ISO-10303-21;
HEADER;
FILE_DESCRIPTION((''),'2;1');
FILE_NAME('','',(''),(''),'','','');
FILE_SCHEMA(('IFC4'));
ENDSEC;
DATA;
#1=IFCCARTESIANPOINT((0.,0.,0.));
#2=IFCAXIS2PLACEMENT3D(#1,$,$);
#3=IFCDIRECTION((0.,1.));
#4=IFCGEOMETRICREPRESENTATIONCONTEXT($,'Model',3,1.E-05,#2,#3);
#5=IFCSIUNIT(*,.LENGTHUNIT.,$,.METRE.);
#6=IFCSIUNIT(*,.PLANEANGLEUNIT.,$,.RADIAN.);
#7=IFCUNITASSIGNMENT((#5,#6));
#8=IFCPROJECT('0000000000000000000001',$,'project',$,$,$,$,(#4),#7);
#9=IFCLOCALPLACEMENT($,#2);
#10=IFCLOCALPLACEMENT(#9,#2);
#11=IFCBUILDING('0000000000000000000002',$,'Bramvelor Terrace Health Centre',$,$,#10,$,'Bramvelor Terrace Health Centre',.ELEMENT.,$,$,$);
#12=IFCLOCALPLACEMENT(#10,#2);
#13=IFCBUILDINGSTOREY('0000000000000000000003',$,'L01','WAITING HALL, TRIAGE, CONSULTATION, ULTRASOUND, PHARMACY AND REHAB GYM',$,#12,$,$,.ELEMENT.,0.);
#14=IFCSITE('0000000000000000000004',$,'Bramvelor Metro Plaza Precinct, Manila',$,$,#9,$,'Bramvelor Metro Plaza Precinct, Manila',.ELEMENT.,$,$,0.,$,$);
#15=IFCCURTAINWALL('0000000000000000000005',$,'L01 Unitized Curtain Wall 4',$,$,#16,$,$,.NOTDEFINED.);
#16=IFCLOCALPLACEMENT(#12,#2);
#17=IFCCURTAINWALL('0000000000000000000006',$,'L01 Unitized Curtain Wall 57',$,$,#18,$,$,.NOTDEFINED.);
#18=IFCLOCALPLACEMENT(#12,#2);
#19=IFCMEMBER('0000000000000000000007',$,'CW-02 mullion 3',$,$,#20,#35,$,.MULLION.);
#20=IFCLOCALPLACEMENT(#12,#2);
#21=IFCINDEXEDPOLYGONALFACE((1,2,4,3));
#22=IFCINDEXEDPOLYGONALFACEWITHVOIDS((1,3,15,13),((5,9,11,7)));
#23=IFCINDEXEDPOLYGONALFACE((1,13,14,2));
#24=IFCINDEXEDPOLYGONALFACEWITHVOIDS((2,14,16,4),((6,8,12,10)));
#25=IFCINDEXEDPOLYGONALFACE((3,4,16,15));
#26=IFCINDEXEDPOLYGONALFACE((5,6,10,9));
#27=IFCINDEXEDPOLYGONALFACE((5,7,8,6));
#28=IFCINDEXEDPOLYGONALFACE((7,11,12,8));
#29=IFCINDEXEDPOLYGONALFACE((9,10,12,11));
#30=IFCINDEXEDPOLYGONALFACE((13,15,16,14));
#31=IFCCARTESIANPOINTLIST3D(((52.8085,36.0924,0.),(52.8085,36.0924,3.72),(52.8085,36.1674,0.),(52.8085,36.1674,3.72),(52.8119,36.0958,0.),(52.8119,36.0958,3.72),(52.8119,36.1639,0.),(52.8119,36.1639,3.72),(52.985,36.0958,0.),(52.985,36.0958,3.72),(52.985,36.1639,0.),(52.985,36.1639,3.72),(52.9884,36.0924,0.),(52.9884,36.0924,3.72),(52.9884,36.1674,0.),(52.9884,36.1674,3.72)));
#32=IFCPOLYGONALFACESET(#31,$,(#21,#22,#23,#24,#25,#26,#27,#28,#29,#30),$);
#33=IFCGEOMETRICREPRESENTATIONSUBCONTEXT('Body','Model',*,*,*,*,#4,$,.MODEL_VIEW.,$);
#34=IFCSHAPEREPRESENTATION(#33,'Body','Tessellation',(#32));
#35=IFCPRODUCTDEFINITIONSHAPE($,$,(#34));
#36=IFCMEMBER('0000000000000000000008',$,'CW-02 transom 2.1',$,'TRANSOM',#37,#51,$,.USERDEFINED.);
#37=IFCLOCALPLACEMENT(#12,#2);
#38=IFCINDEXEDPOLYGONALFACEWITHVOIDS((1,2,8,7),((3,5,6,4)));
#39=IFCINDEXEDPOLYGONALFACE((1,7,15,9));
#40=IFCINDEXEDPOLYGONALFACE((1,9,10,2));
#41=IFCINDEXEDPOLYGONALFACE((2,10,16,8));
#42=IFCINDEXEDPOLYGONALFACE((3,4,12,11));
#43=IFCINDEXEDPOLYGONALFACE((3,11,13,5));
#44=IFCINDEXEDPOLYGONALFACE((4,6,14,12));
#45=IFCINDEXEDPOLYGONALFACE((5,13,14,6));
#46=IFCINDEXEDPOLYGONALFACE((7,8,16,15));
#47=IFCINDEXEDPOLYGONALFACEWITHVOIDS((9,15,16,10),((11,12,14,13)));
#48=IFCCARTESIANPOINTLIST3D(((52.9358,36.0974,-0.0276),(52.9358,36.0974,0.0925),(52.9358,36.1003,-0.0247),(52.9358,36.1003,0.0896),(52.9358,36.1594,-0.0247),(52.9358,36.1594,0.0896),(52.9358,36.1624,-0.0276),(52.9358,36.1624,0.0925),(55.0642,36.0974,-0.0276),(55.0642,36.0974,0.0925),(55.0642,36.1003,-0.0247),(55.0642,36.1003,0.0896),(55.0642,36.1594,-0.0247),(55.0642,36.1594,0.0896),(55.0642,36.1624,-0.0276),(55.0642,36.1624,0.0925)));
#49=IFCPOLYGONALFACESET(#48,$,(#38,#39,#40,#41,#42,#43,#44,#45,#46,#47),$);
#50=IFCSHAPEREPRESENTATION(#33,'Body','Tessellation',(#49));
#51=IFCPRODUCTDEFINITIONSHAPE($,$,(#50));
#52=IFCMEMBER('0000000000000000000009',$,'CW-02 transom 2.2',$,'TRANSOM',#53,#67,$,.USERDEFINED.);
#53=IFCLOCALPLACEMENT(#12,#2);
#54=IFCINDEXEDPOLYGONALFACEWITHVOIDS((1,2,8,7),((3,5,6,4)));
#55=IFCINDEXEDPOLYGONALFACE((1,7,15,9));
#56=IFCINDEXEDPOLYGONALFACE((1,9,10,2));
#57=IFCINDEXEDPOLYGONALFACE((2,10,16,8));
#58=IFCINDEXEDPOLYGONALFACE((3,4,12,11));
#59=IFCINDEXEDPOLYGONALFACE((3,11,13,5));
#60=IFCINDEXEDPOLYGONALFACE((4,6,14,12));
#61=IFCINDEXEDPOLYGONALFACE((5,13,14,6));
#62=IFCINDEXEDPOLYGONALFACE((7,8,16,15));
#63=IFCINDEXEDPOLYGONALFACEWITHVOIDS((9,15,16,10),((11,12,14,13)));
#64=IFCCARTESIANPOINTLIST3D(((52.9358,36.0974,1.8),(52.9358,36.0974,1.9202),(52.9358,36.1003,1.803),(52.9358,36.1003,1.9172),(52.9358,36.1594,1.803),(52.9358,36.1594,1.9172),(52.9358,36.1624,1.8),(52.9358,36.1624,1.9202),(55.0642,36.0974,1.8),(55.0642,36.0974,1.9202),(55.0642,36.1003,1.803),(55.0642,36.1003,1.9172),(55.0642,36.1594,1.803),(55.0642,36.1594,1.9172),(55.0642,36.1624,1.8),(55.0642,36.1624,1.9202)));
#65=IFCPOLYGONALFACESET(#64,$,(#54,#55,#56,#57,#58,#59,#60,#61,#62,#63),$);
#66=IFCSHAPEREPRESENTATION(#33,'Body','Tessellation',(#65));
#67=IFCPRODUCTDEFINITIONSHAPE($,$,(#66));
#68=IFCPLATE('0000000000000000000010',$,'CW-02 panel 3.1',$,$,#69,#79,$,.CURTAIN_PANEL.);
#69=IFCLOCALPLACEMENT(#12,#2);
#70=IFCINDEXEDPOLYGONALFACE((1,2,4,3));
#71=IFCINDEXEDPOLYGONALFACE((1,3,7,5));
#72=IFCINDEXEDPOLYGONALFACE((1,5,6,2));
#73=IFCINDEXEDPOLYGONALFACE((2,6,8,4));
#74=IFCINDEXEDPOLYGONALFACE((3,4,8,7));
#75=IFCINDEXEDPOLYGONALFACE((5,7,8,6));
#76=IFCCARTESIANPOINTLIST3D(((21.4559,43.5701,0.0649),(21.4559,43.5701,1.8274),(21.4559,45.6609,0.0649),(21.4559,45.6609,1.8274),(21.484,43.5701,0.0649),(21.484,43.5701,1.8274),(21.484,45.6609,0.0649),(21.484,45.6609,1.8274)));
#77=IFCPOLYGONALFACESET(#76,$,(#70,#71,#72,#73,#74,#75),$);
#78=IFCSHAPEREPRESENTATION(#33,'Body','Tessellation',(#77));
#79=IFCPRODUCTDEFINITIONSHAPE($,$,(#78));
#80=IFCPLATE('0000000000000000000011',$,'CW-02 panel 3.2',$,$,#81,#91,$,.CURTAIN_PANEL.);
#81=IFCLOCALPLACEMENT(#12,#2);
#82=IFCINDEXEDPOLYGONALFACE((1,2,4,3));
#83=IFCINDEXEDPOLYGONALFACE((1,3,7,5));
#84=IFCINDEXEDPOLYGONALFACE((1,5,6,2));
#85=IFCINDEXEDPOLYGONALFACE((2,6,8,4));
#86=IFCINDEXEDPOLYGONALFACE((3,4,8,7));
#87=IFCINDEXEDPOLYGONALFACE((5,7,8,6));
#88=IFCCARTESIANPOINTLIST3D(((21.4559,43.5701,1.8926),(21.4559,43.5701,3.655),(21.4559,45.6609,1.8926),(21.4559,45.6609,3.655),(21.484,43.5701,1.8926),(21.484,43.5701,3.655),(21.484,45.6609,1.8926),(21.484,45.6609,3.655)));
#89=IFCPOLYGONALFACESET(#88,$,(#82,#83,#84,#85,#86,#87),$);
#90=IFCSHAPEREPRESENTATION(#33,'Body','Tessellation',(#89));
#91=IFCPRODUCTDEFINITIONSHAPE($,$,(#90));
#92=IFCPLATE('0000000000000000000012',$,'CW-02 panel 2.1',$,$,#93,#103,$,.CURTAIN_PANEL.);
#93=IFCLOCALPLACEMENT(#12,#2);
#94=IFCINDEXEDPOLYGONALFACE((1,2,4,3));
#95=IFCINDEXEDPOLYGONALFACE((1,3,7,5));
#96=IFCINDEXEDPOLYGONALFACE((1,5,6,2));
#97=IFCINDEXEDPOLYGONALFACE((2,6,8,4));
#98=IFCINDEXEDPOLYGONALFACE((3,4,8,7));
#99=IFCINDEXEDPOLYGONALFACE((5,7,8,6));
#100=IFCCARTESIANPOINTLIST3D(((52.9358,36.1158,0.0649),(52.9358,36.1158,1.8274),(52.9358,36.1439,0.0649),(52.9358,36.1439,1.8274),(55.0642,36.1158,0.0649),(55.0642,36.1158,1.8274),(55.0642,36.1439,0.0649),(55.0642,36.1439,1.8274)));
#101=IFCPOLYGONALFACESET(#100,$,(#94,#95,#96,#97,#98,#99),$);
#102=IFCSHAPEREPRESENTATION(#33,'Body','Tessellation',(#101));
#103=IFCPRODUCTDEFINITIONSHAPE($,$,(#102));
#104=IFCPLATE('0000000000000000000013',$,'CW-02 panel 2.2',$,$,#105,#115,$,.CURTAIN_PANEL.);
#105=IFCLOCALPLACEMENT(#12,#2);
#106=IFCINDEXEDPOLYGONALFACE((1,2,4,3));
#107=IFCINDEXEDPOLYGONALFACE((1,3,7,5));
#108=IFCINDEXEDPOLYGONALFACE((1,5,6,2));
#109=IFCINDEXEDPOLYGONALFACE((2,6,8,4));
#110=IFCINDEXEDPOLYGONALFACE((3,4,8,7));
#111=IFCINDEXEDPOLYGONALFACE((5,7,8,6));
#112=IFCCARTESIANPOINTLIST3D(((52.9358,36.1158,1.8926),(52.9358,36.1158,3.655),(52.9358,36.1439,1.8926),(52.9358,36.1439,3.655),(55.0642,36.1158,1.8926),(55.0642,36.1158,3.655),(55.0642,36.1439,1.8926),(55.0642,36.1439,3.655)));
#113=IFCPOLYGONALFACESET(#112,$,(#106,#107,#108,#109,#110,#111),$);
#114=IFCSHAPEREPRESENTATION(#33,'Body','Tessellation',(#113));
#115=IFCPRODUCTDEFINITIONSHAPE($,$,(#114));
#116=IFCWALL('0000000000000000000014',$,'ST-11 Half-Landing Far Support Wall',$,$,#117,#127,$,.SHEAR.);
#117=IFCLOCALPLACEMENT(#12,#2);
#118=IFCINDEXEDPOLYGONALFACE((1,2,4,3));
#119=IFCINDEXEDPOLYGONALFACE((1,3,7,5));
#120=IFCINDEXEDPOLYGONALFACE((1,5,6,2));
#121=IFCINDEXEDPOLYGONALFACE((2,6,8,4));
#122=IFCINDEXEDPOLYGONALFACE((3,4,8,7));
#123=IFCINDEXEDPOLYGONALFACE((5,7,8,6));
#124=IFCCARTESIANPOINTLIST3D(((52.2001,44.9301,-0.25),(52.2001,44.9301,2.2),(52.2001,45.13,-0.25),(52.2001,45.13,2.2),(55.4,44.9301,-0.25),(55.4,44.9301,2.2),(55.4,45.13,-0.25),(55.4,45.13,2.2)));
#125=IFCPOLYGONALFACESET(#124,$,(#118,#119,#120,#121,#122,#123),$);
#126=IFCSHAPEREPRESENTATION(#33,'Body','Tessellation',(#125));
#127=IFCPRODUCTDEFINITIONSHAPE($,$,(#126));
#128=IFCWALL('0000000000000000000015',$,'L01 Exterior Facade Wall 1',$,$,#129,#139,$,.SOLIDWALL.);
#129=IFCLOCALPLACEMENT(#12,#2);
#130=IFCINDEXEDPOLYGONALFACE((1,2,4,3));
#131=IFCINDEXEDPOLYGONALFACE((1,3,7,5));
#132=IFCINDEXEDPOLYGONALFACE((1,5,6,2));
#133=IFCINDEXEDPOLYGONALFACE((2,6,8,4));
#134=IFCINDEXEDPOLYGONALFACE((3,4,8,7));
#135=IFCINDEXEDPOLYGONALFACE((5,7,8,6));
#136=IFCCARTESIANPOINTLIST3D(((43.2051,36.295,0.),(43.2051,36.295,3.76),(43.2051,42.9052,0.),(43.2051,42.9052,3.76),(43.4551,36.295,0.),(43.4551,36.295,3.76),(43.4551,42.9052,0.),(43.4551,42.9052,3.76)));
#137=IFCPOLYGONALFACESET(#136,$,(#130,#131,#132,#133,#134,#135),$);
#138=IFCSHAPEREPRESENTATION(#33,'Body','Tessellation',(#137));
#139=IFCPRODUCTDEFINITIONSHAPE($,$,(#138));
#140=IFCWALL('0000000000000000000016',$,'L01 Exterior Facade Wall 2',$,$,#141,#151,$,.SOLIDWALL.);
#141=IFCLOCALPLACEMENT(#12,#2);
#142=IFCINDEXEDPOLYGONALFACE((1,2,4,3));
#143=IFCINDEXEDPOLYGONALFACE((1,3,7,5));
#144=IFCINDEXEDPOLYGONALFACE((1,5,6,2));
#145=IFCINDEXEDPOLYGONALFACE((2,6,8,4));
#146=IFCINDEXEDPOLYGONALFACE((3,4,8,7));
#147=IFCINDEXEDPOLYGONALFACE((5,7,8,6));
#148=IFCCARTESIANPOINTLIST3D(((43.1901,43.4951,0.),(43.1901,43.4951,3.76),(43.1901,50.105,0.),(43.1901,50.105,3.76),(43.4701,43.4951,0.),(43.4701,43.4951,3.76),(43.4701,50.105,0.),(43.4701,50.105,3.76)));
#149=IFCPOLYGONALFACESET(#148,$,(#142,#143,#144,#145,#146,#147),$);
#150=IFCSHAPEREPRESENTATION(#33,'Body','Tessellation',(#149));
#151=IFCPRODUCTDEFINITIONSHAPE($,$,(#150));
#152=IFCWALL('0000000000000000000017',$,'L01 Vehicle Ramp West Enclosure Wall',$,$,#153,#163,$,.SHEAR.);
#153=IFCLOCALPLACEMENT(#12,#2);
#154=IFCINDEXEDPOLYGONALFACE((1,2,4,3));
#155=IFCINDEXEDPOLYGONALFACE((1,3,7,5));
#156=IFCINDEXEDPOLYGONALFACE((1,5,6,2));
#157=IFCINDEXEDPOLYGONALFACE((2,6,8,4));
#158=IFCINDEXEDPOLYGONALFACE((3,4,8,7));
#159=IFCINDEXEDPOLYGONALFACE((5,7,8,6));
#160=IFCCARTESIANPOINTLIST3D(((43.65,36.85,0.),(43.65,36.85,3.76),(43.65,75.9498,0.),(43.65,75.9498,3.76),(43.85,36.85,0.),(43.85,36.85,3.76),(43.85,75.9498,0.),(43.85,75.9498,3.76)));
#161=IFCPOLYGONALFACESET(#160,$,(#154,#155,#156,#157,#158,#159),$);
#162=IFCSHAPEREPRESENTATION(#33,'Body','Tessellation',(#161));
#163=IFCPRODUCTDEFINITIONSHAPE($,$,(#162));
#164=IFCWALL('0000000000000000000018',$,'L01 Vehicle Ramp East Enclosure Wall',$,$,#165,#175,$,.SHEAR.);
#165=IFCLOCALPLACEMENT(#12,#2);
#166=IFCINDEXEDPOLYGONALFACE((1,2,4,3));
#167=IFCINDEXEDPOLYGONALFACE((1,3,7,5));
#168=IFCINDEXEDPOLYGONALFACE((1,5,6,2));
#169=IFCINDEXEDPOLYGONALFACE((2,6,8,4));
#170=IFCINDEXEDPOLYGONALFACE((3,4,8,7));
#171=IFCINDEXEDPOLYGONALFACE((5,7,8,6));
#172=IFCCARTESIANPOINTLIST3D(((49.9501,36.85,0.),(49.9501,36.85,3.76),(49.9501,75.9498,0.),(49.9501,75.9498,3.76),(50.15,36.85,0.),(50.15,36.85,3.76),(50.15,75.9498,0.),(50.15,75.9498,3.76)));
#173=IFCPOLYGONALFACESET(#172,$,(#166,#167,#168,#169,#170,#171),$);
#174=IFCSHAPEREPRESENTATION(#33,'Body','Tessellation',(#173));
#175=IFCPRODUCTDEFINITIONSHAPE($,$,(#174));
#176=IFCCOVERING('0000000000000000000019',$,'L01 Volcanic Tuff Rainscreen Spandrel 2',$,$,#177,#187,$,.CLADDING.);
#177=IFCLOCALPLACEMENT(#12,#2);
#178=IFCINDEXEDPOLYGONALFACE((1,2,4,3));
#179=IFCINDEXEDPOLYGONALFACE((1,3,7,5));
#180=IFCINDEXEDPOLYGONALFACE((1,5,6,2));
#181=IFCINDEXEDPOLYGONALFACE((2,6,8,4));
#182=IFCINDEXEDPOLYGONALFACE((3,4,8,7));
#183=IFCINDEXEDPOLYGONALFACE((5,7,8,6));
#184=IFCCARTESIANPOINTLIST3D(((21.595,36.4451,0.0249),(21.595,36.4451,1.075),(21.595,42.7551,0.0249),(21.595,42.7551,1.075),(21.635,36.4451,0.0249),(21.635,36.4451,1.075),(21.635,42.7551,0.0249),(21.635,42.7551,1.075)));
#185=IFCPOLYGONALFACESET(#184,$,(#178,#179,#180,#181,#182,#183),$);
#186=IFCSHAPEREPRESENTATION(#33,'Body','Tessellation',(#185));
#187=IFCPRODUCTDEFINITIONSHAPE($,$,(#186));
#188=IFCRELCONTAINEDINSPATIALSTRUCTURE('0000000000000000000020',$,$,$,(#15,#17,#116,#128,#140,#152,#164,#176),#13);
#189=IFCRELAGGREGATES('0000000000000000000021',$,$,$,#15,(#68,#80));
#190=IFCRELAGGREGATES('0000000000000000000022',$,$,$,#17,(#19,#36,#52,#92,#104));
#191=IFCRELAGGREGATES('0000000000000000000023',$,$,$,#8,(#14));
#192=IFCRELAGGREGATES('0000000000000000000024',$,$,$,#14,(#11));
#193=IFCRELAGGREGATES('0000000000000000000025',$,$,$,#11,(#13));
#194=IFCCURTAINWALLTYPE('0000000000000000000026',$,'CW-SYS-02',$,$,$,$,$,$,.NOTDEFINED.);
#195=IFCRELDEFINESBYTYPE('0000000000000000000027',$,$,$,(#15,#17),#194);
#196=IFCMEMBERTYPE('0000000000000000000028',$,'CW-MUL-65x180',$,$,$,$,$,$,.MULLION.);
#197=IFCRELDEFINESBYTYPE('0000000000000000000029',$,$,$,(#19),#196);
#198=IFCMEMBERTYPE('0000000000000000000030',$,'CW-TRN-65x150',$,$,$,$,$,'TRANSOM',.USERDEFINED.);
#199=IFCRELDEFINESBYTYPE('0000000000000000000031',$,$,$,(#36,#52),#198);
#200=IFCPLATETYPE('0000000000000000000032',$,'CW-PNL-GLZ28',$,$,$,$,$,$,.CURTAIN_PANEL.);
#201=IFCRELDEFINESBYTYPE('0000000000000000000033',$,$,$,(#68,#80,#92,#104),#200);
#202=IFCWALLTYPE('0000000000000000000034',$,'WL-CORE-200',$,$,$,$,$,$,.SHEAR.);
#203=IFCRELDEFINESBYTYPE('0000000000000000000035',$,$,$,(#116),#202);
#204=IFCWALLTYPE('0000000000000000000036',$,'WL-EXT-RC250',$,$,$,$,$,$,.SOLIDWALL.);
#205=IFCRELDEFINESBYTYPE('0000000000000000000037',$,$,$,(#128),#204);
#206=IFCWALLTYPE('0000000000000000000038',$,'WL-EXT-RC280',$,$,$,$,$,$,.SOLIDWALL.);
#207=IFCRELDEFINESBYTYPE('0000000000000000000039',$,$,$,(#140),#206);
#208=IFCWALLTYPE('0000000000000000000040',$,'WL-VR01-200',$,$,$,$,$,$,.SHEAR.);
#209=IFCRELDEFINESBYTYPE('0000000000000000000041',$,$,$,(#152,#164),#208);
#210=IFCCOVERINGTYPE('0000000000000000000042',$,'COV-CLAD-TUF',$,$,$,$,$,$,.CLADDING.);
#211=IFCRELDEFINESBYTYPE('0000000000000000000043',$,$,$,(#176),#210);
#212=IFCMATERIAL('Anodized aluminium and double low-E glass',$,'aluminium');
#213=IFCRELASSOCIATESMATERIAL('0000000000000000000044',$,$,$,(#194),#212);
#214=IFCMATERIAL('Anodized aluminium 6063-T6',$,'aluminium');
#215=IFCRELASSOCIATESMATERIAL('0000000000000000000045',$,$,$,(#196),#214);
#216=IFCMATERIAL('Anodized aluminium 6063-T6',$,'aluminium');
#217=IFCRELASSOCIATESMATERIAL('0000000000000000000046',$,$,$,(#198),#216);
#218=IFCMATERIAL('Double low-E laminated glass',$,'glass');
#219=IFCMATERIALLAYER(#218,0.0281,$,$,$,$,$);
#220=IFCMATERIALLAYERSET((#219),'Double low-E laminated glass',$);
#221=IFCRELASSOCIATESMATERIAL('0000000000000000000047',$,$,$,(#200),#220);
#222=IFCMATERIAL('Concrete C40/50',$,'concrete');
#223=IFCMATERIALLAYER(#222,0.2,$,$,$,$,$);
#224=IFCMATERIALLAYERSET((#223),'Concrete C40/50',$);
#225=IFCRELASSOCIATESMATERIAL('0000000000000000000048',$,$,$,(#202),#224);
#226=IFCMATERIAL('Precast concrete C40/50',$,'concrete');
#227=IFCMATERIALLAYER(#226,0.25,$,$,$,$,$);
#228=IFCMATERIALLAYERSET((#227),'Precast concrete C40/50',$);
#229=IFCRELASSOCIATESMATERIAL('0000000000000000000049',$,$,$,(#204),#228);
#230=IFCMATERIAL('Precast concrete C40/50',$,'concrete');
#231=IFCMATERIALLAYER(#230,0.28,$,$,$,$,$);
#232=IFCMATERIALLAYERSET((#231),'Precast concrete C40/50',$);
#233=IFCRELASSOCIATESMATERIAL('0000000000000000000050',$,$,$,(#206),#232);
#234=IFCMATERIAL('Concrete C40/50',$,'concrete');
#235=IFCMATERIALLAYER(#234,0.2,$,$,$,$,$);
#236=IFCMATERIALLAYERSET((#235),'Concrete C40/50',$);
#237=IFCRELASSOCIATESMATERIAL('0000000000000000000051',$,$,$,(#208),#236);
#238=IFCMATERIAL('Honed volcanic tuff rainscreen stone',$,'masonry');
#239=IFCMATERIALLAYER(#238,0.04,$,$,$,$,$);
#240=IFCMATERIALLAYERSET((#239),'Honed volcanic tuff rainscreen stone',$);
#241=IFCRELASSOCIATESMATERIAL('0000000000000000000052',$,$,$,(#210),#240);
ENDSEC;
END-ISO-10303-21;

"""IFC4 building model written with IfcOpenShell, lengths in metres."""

from ifc_helpers import new_model, si_unit, direction, frame, frame_2d, origin, origin_2d, place, context, subcontext, project, spatial, rectangle, hollow_rectangle, extrude, material, layer, layer_set, material_profile, profile_set, type_object, element, aggregate, save


model = new_model("IFC4")

# Units and contexts
model_context = context("Model", 3, precision=1e-05, world=origin(), true_north=direction((0.0, 1.0)))
body_context = subcontext(model_context, "Body", "Model", "MODEL_VIEW")
ifc_project = project(units=[si_unit("LENGTHUNIT", "METRE"), si_unit("PLANEANGLEUNIT", "RADIAN")], contexts=[model_context])

# Site, building, storey
site_placement = place(None, origin())
site = spatial("IfcSite", under=ifc_project, at=site_placement, Name="Bramvelor Metro Plaza Precinct, Manila", LongName="Bramvelor Metro Plaza Precinct, Manila", CompositionType="ELEMENT", RefElevation=0.0)
building_placement = place(site_placement, origin())
building = spatial("IfcBuilding", under=site, at=building_placement, Name="Bramvelor Terrace Health Centre", LongName="Bramvelor Terrace Health Centre", CompositionType="ELEMENT")
storey_placement = place(building_placement, origin())
storey = spatial("IfcBuildingStorey", under=building, at=storey_placement, Name="L01", Description="WAITING HALL, TRIAGE, CONSULTATION, ULTRASOUND, PHARMACY AND REHAB GYM", CompositionType="ELEMENT", Elevation=0.0)

# Curtain wall
ifc_material_1 = material(Name="Anodized aluminium and double low-E glass", Category="aluminium")
curtain_wall_type = type_object("IfcCurtainWallType", Name="CW-SYS-02", PredefinedType="NOTDEFINED", material=ifc_material_1)
curtain_wall_1_placement = place(storey_placement, origin())
curtain_wall_1 = element("IfcCurtainWall", 1, at=curtain_wall_1_placement, inside=storey, type_object=curtain_wall_type, Name="L01 Unitized Curtain Wall 4", PredefinedType="NOTDEFINED")
ifc_material_2 = material(Name="Anodized aluminium 6063-T6", Category="aluminium")
ifc_material_profile_1 = material_profile(ifc_material_2, hollow_rectangle(XDim=0.075, YDim=0.1799, WallThickness=0.0034, at=origin_2d()), Name="ALU-MUL 75x180x3.5")
ifc_profile_set_1 = profile_set([ifc_material_profile_1], Name="Anodized aluminium 6063-T6")
member_type_1 = type_object("IfcMemberType", Name="CW-MUL-65x180", PredefinedType="MULLION", material=ifc_profile_set_1)

# Curtain wall, members
curtain_wall_2_placement = place(storey_placement, origin())
curtain_wall_2 = element("IfcCurtainWall", 2, at=curtain_wall_2_placement, inside=storey, type_object=curtain_wall_type, Name="L01 Unitized Curtain Wall 57", PredefinedType="NOTDEFINED")
member_1_placement = place(storey_placement, frame((52.8984, 36.1299, 0.0), z_axis=(0.0, 0.0, 1.0), x_axis=(0.0, -1.0, 0.0)))
member_1 = element("IfcMember", 3, at=member_1_placement, type_object=member_type_1, Name="CW-02 mullion 3", PredefinedType="MULLION", context=body_context, shape_type="SweptSolid", body=[
    extrude(hollow_rectangle(XDim=0.075, YDim=0.1799, WallThickness=0.0034, at=origin_2d()), origin(), (0.0, 0.0, 1.0), 3.72),
])
ifc_material_3 = material(Name="Anodized aluminium 6063-T6", Category="aluminium")
ifc_material_profile_2 = material_profile(ifc_material_3, hollow_rectangle(XDim=0.0649, YDim=0.1201, WallThickness=0.0029, at=origin_2d()), Name="ALU-TRN 65x120x3.0")
ifc_profile_set_2 = profile_set([ifc_material_profile_2], Name="Anodized aluminium 6063-T6")
member_type_2 = type_object("IfcMemberType", Name="CW-TRN-65x150", ElementType="TRANSOM", PredefinedType="USERDEFINED", material=ifc_profile_set_2)
member_2_placement = place(storey_placement, frame((55.0642, 36.1299, 0.0325), z_axis=(-1.0, 0.0, 0.0), x_axis=(0.0, -1.0, 0.0)))
member_2 = element("IfcMember", 4, at=member_2_placement, type_object=member_type_2, Name="CW-02 transom 2.1", ObjectType="TRANSOM", PredefinedType="USERDEFINED", context=body_context, shape_type="SweptSolid", body=[
    extrude(hollow_rectangle(XDim=0.0649, YDim=0.1201, WallThickness=0.0029, at=origin_2d()), origin(), (0.0, 0.0, 1.0), 2.1284),
])
member_3_placement = place(storey_placement, frame((55.0642, 36.1299, 1.8601), z_axis=(-1.0, 0.0, 0.0), x_axis=(0.0, -1.0, 0.0)))
member_3 = element("IfcMember", 5, at=member_3_placement, type_object=member_type_2, Name="CW-02 transom 2.2", ObjectType="TRANSOM", PredefinedType="USERDEFINED", context=body_context, shape_type="SweptSolid", body=[
    extrude(hollow_rectangle(XDim=0.0649, YDim=0.1201, WallThickness=0.0029, at=origin_2d()), origin(), (0.0, 0.0, 1.0), 2.1284),
])

# Plates
ifc_material_4 = material(Name="Double low-E laminated glass", Category="glass")
ifc_layer_1 = layer(ifc_material_4, 0.0281)
ifc_layer_set_1 = layer_set([ifc_layer_1], Name="Double low-E laminated glass")
plate_type = type_object("IfcPlateType", Name="CW-PNL-GLZ28", PredefinedType="CURTAIN_PANEL", material=ifc_layer_set_1)
plate_1_placement = place(storey_placement, frame((21.47, 44.6155, 0.0649), z_axis=(0.0, 0.0, 1.0), x_axis=(0.0, -1.0, 0.0)))
plate_1 = element("IfcPlate", 6, at=plate_1_placement, type_object=plate_type, Name="CW-02 panel 3.1", PredefinedType="CURTAIN_PANEL", context=body_context, shape_type="SweptSolid", body=[
    extrude(rectangle(XDim=2.0908, YDim=0.0281, at=origin_2d()), origin(), (0.0, 0.0, 1.0), 1.7625),
])
plate_2_placement = place(storey_placement, frame((21.47, 44.6155, 1.8926), z_axis=(0.0, 0.0, 1.0), x_axis=(0.0, -1.0, 0.0)))
plate_2 = element("IfcPlate", 7, at=plate_2_placement, type_object=plate_type, Name="CW-02 panel 3.2", PredefinedType="CURTAIN_PANEL", context=body_context, shape_type="SweptSolid", body=[
    extrude(rectangle(XDim=2.0908, YDim=0.0281, at=origin_2d()), origin(), (0.0, 0.0, 1.0), 1.7625),
])
aggregate(curtain_wall_1, [plate_1, plate_2])
plate_3_placement = place(storey_placement, frame((54.0, 36.1299, 0.0649), z_axis=(0.0, 0.0, 1.0), x_axis=(-1.0, 0.0, 0.0)))
plate_3 = element("IfcPlate", 8, at=plate_3_placement, type_object=plate_type, Name="CW-02 panel 2.1", PredefinedType="CURTAIN_PANEL", context=body_context, shape_type="SweptSolid", body=[
    extrude(rectangle(XDim=2.1284, YDim=0.0281, at=origin_2d()), origin(), (0.0, 0.0, 1.0), 1.7625),
])
plate_4_placement = place(storey_placement, frame((54.0, 36.1299, 1.8926), z_axis=(0.0, 0.0, 1.0), x_axis=(-1.0, 0.0, 0.0)))
plate_4 = element("IfcPlate", 9, at=plate_4_placement, type_object=plate_type, Name="CW-02 panel 2.2", PredefinedType="CURTAIN_PANEL", context=body_context, shape_type="SweptSolid", body=[
    extrude(rectangle(XDim=2.1284, YDim=0.0281, at=origin_2d()), origin(), (0.0, 0.0, 1.0), 1.7625),
])
aggregate(curtain_wall_2, [member_1, member_2, member_3, plate_3, plate_4])

# Walls
ifc_material_5 = material(Name="Concrete C40/50", Category="concrete")
ifc_layer_2 = layer(ifc_material_5, 0.2)
ifc_layer_set_2 = layer_set([ifc_layer_2], Name="Concrete C40/50")
wall_type_1 = type_object("IfcWallType", Name="WL-CORE-200", PredefinedType="SHEAR", material=ifc_layer_set_2)
wall_1_placement = place(storey_placement, frame((52.2, 45.03, -0.25), z_axis=(0.0, 0.0, 1.0), x_axis=(1.0, 0.0, 0.0)))
element("IfcWall", 10, at=wall_1_placement, inside=storey, type_object=wall_type_1, Name="ST-11 Half-Landing Far Support Wall", PredefinedType="SHEAR", context=body_context, shape_type="SweptSolid", body=[
    extrude(rectangle(XDim=3.2, YDim=0.2, at=frame_2d((1.6001, 0.0))), origin(), (0.0, 0.0, 1.0), 2.45),
])
ifc_material_6 = material(Name="Precast concrete C40/50", Category="concrete")
ifc_layer_3 = layer(ifc_material_6, 0.25)
ifc_layer_set_3 = layer_set([ifc_layer_3], Name="Precast concrete C40/50")
wall_type_2 = type_object("IfcWallType", Name="WL-EXT-RC250", PredefinedType="SOLIDWALL", material=ifc_layer_set_3)
wall_2_placement = place(storey_placement, frame((43.3301, 36.2949, 0.0), z_axis=(0.0, 0.0, 1.0), x_axis=(0.0, 1.0, 0.0)))
element("IfcWall", 11, at=wall_2_placement, inside=storey, type_object=wall_type_2, Name="L01 Exterior Facade Wall 1", PredefinedType="SOLIDWALL", context=body_context, shape_type="SweptSolid", body=[
    extrude(rectangle(XDim=6.6101, YDim=0.25, at=frame_2d((3.3052, 0.0))), origin(), (0.0, 0.0, 1.0), 3.76),
])
ifc_material_7 = material(Name="Precast concrete C40/50", Category="concrete")
ifc_layer_4 = layer(ifc_material_7, 0.28)
ifc_layer_set_4 = layer_set([ifc_layer_4], Name="Precast concrete C40/50")
wall_type_3 = type_object("IfcWallType", Name="WL-EXT-RC280", PredefinedType="SOLIDWALL", material=ifc_layer_set_4)
wall_3_placement = place(storey_placement, frame((43.3301, 43.4951, 0.0), z_axis=(0.0, 0.0, 1.0), x_axis=(0.0, 1.0, 0.0)))
element("IfcWall", 12, at=wall_3_placement, inside=storey, type_object=wall_type_3, Name="L01 Exterior Facade Wall 2", PredefinedType="SOLIDWALL", context=body_context, shape_type="SweptSolid", body=[
    extrude(rectangle(XDim=6.6099, YDim=0.28, at=frame_2d((3.3049, 0.0))), origin(), (0.0, 0.0, 1.0), 3.76),
])
ifc_material_8 = material(Name="Concrete C40/50", Category="concrete")
ifc_layer_5 = layer(ifc_material_8, 0.2)
ifc_layer_set_5 = layer_set([ifc_layer_5], Name="Concrete C40/50")
wall_type_4 = type_object("IfcWallType", Name="WL-VR01-200", PredefinedType="SHEAR", material=ifc_layer_set_5)
for number, where, z_axis, x_axis, name in (
    (13, (43.75, 36.8501, 0.0), (0.0, 0.0, 1.0), (0.0, 1.0, 0.0), "L01 Vehicle Ramp West Enclosure Wall"),
    (14, (50.05, 36.8501, 0.0), (0.0, 0.0, 1.0), (0.0, 1.0, 0.0), "L01 Vehicle Ramp East Enclosure Wall"),
):
    element("IfcWall", number, at=place(storey_placement, frame(where, z_axis=z_axis, x_axis=x_axis)), inside=storey, type_object=wall_type_4, Name=name, PredefinedType="SHEAR", context=body_context, shape_type="SweptSolid", body=[
        extrude(rectangle(XDim=39.0999, YDim=0.2, at=frame_2d((19.5498, 0.0))), origin(), (0.0, 0.0, 1.0), 3.76),
    ])

# Covering
ifc_material_9 = material(Name="Honed volcanic tuff rainscreen stone", Category="masonry")
ifc_layer_6 = layer(ifc_material_9, 0.04)
ifc_layer_set_6 = layer_set([ifc_layer_6], Name="Honed volcanic tuff rainscreen stone")
covering_type = type_object("IfcCoveringType", Name="COV-CLAD-TUF", PredefinedType="CLADDING", material=ifc_layer_set_6)
covering_placement = place(storey_placement, frame((21.615, 39.6001, 0.0249), z_axis=(0.0, 0.0, 1.0), x_axis=(1.0, 0.0, 0.0)))
element("IfcCovering", 15, at=covering_placement, inside=storey, type_object=covering_type, Name="L01 Volcanic Tuff Rainscreen Spandrel 2", PredefinedType="CLADDING", context=body_context, shape_type="SweptSolid", body=[
    extrude(rectangle(XDim=0.04, YDim=6.3101, at=origin_2d()), origin(), (0.0, 0.0, 1.0), 1.05),
])

save(model, "model.ifc")
